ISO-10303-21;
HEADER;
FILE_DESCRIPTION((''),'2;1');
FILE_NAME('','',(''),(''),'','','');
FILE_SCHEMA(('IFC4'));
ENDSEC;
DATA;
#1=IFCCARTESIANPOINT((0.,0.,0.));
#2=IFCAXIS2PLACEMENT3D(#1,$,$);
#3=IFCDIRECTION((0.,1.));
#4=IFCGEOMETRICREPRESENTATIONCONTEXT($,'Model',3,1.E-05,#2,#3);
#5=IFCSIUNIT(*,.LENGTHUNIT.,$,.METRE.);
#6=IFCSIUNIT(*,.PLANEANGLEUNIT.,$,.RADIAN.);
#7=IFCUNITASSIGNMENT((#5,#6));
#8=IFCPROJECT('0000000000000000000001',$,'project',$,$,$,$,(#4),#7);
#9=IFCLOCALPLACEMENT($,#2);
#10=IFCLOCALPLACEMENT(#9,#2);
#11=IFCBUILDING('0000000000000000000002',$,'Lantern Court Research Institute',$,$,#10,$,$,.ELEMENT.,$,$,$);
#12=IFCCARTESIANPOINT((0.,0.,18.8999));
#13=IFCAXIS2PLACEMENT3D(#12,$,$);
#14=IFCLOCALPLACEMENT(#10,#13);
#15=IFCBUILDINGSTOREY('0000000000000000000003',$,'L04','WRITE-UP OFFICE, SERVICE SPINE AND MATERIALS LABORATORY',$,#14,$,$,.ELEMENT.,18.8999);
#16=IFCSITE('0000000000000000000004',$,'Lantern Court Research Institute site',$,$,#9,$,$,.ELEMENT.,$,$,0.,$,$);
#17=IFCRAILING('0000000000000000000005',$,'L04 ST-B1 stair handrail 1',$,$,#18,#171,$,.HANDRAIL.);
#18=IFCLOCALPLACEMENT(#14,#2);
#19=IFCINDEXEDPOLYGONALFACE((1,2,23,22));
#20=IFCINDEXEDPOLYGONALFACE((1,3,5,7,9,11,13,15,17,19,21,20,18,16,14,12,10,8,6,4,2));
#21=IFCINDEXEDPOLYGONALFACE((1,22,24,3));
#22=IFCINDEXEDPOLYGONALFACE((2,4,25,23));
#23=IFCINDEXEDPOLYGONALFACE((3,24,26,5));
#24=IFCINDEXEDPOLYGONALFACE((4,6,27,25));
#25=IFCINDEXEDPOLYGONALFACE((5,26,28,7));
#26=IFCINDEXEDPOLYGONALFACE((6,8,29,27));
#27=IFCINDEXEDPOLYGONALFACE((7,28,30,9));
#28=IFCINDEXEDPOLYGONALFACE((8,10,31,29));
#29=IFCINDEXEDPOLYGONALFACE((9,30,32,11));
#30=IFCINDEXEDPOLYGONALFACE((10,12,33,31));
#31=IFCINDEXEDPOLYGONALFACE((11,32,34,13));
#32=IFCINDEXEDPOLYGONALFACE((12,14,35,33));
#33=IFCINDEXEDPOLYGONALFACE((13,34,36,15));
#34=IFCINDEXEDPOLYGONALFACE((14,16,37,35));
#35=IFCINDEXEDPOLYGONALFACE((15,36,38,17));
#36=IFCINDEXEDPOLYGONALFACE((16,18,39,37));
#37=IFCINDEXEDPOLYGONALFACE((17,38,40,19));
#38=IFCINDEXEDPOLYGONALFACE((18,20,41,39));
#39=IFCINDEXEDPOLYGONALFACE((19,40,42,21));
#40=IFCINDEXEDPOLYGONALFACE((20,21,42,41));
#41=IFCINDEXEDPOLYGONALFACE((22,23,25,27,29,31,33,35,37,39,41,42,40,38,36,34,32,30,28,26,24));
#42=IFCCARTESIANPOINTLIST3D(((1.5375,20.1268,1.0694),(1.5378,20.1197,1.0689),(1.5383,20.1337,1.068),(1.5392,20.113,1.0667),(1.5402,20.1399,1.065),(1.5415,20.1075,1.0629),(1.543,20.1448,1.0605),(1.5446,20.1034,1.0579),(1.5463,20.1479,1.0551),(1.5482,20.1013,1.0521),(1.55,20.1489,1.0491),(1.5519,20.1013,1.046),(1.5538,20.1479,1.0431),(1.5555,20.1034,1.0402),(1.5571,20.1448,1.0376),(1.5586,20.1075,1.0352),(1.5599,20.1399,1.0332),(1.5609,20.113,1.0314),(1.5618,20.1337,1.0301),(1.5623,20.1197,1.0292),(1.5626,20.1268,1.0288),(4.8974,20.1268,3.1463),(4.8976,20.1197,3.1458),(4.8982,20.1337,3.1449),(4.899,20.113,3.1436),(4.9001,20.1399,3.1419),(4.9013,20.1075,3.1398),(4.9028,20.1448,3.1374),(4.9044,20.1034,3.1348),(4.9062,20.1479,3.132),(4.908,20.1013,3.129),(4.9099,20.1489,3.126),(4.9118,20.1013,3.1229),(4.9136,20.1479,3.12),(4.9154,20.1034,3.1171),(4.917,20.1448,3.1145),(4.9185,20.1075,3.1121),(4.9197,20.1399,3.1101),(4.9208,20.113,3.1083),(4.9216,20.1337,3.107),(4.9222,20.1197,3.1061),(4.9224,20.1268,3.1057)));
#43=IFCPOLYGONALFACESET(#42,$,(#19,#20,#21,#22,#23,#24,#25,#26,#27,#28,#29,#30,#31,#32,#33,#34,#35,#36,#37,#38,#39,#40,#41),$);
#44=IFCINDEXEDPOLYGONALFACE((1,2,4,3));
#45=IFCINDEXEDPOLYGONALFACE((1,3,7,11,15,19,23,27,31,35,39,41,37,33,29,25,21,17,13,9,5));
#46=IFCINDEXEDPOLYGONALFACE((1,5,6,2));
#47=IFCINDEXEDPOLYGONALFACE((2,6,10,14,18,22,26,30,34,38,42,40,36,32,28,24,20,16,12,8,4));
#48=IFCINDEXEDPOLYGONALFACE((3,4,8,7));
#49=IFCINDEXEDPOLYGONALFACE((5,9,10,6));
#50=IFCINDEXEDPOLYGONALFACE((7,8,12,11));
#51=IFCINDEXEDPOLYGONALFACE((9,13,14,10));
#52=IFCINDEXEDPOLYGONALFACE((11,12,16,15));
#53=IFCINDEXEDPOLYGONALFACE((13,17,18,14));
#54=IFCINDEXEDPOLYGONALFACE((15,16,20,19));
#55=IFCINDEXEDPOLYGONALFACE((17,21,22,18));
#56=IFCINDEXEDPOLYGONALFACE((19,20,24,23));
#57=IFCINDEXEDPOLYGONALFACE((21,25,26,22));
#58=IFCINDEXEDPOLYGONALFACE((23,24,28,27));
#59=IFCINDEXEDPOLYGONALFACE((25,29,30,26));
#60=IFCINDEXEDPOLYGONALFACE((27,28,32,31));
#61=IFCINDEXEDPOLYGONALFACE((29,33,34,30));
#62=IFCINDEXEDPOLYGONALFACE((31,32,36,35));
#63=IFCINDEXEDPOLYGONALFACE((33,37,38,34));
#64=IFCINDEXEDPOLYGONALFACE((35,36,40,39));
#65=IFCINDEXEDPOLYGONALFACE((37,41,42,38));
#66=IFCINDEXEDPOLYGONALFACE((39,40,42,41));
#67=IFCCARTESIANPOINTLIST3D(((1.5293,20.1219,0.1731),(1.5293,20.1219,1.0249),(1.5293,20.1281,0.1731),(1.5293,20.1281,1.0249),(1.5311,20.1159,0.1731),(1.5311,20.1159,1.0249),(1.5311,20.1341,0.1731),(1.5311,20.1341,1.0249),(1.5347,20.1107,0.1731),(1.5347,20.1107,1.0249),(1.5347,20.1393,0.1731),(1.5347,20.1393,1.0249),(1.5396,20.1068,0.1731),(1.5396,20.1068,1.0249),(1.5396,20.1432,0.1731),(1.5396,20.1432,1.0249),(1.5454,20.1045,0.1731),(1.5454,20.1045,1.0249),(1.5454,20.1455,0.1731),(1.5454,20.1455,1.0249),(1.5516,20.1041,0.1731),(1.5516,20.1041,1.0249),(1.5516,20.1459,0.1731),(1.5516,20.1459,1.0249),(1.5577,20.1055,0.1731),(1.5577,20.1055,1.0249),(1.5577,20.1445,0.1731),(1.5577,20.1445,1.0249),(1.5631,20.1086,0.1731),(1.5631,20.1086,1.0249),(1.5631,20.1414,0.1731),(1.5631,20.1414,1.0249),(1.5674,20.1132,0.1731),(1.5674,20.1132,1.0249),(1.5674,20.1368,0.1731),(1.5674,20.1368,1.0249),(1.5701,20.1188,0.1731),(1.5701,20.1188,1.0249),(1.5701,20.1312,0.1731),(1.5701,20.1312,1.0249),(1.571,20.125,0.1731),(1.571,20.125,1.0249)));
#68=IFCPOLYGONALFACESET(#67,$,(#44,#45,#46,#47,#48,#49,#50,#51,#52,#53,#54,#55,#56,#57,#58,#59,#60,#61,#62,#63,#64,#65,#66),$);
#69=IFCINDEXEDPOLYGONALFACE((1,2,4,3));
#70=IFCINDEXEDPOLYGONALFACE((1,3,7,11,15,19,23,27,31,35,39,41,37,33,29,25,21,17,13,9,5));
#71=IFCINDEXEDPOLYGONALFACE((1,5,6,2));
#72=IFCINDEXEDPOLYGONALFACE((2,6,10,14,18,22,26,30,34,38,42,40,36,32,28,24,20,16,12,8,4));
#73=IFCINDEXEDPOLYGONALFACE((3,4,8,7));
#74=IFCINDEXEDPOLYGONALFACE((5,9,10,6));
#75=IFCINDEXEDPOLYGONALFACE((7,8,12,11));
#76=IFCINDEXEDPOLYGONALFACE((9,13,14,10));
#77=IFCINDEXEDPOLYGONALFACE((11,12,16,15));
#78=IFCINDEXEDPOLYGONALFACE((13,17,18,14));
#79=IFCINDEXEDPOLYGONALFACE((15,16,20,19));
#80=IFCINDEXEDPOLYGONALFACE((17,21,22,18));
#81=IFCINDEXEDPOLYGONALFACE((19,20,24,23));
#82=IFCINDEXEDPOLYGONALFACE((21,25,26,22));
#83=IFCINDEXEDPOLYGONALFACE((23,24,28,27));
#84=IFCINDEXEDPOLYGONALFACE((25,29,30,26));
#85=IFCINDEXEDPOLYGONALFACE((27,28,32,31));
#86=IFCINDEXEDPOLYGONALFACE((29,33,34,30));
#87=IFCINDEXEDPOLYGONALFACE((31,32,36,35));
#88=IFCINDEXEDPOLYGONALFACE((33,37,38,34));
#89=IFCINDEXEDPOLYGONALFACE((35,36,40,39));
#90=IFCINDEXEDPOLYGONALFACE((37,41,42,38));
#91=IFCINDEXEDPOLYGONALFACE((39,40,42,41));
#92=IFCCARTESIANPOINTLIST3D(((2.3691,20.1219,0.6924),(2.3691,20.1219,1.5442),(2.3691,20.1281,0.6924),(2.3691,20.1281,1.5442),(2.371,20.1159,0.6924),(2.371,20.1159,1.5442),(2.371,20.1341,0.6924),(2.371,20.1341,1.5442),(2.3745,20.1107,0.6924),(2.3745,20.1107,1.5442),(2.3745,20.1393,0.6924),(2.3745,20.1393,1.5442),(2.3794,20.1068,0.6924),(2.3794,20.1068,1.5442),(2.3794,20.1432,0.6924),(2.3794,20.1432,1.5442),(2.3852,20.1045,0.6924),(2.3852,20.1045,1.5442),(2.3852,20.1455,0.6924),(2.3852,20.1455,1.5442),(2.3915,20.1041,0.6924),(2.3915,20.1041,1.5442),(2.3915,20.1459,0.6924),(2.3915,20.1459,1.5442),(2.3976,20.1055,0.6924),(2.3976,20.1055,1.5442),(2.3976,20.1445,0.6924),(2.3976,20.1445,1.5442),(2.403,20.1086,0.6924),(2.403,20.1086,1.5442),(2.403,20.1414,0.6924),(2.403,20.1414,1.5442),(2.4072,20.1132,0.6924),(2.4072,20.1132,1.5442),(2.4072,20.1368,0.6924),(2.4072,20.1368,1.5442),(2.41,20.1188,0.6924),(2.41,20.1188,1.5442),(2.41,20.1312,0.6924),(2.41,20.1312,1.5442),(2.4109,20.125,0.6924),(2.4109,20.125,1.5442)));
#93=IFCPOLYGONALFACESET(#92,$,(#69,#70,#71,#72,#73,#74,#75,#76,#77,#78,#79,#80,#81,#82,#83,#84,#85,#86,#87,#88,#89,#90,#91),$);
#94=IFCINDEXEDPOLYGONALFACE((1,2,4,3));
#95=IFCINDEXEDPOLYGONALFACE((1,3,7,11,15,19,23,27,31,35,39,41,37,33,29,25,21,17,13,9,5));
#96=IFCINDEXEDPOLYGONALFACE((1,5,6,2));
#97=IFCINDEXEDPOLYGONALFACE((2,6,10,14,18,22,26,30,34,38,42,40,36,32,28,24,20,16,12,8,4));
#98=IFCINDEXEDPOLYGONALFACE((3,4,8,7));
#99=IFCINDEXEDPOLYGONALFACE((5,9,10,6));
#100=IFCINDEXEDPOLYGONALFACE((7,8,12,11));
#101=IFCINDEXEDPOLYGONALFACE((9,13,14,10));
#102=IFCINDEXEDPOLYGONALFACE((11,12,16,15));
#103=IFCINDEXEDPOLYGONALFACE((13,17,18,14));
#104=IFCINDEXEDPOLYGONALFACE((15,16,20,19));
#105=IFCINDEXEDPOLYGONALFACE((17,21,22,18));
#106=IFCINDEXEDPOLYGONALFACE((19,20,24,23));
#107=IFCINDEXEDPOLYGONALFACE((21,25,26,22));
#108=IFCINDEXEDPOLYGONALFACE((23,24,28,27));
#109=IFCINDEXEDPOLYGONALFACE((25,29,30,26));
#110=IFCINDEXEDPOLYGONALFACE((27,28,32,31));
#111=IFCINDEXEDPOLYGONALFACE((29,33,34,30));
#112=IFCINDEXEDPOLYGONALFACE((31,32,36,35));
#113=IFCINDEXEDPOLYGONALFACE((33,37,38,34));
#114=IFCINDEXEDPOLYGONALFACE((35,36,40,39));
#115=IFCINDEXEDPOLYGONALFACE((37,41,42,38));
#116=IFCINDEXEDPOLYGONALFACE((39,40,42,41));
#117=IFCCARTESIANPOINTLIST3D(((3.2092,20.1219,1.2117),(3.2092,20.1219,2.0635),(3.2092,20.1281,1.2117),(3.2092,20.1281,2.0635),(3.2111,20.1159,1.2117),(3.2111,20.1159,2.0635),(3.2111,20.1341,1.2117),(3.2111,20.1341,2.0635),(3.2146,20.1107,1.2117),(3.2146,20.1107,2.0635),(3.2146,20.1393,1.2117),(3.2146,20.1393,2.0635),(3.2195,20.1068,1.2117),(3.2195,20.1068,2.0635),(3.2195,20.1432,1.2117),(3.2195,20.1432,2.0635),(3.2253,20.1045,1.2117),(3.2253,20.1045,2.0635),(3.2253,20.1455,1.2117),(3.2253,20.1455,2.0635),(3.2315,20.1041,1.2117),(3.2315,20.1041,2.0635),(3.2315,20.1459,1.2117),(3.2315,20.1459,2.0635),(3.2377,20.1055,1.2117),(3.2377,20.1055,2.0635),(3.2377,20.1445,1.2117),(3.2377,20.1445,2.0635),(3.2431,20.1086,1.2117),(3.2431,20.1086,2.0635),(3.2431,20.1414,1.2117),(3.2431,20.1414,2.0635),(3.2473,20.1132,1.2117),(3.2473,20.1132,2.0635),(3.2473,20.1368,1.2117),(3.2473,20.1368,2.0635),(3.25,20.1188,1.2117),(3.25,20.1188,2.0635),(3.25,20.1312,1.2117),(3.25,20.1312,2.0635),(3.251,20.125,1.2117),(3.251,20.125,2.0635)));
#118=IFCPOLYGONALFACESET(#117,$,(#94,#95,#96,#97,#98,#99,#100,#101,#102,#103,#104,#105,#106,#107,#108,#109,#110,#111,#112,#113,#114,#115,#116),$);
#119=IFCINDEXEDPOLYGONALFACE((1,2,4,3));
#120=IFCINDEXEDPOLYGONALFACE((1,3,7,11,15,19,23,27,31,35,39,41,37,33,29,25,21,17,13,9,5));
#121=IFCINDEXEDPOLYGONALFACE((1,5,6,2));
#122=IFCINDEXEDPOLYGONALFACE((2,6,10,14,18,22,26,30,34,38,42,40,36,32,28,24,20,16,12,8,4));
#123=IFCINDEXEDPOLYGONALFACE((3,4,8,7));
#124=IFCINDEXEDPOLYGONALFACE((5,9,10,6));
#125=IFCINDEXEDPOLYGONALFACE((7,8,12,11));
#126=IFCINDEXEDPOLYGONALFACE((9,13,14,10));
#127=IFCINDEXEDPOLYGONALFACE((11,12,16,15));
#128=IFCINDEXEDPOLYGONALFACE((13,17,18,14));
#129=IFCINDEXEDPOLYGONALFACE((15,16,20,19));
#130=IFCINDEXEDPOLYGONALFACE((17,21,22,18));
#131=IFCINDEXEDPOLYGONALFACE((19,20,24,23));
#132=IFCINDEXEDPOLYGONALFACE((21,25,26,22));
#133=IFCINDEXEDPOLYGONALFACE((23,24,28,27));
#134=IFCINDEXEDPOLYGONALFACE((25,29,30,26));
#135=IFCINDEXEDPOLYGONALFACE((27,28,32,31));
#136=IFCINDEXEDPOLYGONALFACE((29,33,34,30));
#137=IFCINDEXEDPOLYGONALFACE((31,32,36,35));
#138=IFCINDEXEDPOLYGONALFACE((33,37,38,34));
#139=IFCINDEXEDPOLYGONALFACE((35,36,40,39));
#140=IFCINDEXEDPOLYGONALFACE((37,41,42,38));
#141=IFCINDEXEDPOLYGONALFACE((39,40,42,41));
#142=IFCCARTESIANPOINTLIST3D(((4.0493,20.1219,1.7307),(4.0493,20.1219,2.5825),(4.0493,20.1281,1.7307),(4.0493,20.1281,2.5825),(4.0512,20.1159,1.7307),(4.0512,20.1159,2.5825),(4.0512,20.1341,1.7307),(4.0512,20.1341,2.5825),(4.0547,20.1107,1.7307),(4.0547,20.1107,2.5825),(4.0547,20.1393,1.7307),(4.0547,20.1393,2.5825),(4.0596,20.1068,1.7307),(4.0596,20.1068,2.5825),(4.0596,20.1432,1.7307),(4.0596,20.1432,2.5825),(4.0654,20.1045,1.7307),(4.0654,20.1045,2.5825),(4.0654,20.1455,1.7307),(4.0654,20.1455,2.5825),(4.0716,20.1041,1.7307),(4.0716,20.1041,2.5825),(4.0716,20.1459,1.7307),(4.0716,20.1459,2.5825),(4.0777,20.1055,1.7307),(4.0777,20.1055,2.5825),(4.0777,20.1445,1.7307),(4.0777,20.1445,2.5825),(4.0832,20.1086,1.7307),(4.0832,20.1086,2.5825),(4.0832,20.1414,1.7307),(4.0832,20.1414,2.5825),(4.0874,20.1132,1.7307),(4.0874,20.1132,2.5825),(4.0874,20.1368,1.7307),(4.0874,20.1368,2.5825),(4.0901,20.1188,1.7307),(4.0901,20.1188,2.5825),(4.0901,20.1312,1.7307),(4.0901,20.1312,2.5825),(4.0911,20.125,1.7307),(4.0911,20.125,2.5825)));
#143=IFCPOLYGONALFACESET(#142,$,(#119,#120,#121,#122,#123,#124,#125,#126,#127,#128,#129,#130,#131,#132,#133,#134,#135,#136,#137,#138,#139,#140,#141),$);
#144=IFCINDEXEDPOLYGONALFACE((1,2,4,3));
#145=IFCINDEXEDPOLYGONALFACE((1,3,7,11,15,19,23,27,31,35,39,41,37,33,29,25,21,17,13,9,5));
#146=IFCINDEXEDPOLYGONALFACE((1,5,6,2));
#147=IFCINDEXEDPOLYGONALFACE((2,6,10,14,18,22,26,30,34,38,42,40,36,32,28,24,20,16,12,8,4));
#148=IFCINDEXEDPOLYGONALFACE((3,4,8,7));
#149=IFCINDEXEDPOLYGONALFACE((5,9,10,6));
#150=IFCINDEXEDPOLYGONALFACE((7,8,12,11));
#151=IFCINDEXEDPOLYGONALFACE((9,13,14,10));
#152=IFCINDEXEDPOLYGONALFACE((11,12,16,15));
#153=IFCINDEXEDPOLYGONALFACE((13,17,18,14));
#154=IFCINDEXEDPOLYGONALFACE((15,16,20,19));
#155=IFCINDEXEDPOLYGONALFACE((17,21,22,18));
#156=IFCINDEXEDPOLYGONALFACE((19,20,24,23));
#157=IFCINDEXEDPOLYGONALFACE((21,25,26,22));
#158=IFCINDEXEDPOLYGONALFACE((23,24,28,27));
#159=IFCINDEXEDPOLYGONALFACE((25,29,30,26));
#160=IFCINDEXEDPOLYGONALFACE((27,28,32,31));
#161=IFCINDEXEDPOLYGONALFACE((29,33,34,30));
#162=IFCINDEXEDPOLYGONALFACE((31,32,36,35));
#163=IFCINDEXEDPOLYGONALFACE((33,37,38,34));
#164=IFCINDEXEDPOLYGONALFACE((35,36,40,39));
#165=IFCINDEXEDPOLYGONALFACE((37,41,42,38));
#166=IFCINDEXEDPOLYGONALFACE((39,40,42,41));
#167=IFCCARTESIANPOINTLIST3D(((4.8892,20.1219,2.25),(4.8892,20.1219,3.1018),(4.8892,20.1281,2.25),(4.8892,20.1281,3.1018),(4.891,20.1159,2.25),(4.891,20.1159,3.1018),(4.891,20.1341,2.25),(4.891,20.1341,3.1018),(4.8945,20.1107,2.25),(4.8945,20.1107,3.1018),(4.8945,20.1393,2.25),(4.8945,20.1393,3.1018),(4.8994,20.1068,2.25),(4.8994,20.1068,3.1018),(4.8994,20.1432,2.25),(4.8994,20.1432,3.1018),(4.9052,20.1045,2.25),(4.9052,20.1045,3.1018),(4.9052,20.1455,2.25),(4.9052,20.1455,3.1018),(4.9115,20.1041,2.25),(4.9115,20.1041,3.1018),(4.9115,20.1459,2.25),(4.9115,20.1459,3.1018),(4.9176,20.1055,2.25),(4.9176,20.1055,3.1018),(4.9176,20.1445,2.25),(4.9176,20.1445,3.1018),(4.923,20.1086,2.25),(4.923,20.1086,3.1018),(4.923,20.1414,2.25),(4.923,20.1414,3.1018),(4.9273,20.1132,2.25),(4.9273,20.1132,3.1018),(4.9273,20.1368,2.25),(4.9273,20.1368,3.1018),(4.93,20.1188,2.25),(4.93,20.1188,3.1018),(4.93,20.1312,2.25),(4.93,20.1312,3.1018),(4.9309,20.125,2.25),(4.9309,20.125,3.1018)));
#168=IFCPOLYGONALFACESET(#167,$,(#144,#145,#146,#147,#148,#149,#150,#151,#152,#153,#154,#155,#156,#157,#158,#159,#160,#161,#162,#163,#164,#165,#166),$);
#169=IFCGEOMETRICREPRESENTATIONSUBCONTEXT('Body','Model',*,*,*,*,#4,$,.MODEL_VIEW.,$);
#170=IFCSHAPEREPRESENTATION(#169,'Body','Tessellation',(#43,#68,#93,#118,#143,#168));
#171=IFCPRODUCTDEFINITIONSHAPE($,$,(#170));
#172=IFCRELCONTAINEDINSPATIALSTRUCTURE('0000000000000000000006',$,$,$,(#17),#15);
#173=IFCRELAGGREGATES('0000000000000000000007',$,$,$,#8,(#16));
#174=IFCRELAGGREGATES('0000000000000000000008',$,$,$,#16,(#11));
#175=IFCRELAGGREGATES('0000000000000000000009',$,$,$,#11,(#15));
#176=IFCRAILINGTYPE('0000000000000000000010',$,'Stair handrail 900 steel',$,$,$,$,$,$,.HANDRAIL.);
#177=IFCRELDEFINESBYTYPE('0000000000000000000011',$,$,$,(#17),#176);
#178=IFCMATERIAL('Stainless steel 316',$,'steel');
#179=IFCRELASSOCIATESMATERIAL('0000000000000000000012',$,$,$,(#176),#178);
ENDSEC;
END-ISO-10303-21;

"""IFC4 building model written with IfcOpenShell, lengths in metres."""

from ifc_helpers import new_model, si_unit, direction, frame, origin, origin_2d, place, context, subcontext, project, spatial, circle, extrude, material, type_object, element, save


model = new_model("IFC4")

# Units and contexts
model_context = context("Model", 3, precision=1e-05, world=origin(), true_north=direction((0.0, 1.0)))
body_context = subcontext(model_context, "Body", "Model", "MODEL_VIEW")
ifc_project = project(units=[si_unit("LENGTHUNIT", "METRE"), si_unit("PLANEANGLEUNIT", "RADIAN")], contexts=[model_context])

# Site, building, storey
site_placement = place(None, origin())
site = spatial("IfcSite", under=ifc_project, at=site_placement, Name="Lantern Court Research Institute site", CompositionType="ELEMENT", RefElevation=0.0)
building_placement = place(site_placement, origin())
building = spatial("IfcBuilding", under=site, at=building_placement, Name="Lantern Court Research Institute", CompositionType="ELEMENT")
storey_placement = place(building_placement, frame((0.0, 0.0, 18.8999)))
storey = spatial("IfcBuildingStorey", under=building, at=storey_placement, Name="L04", Description="WRITE-UP OFFICE, SERVICE SPINE AND MATERIALS LABORATORY", CompositionType="ELEMENT", Elevation=18.8999)

# Railing
ifc_material_1 = material(Name="Stainless steel 316", Category="steel")
railing_type_1 = type_object("IfcRailingType", Name="Stair handrail 900 steel", PredefinedType="HANDRAIL", material=ifc_material_1)
railing_1_placement = place(storey_placement, frame((1.55, 20.125, 0.1731)))
element("IfcRailing", 1, at=railing_1_placement, inside=storey, type_object=railing_type_1, Name="L04 ST-B1 stair handrail 1", PredefinedType="HANDRAIL", context=body_context, shape_type="SweptSolid", body=[
    extrude(circle(Radius=0.0239, at=origin_2d()), frame((0.0, 0.0, 0.876), z_axis=(0.850606, 0.0, 0.525803), x_axis=(0.0, 1.0, 0.0)), (0.0, 0.0, 1.0), 3.95),
    extrude(circle(Radius=0.021, at=origin_2d()), origin(), (0.0, 0.0, 1.0), 0.8518),
    extrude(circle(Radius=0.021, at=origin_2d()), frame((0.8398, 0.0, 0.5193)), (0.0, 0.0, 1.0), 0.8518),
    extrude(circle(Radius=0.021, at=origin_2d()), frame((1.6799, 0.0, 1.0386)), (0.0, 0.0, 1.0), 0.8518),
    extrude(circle(Radius=0.021, at=origin_2d()), frame((2.52, 0.0, 1.5576)), (0.0, 0.0, 1.0), 0.8518),
    extrude(circle(Radius=0.021, at=origin_2d()), frame((3.3599, 0.0, 2.0769)), (0.0, 0.0, 1.0), 0.8518),
])

save(model, "model.ifc")
